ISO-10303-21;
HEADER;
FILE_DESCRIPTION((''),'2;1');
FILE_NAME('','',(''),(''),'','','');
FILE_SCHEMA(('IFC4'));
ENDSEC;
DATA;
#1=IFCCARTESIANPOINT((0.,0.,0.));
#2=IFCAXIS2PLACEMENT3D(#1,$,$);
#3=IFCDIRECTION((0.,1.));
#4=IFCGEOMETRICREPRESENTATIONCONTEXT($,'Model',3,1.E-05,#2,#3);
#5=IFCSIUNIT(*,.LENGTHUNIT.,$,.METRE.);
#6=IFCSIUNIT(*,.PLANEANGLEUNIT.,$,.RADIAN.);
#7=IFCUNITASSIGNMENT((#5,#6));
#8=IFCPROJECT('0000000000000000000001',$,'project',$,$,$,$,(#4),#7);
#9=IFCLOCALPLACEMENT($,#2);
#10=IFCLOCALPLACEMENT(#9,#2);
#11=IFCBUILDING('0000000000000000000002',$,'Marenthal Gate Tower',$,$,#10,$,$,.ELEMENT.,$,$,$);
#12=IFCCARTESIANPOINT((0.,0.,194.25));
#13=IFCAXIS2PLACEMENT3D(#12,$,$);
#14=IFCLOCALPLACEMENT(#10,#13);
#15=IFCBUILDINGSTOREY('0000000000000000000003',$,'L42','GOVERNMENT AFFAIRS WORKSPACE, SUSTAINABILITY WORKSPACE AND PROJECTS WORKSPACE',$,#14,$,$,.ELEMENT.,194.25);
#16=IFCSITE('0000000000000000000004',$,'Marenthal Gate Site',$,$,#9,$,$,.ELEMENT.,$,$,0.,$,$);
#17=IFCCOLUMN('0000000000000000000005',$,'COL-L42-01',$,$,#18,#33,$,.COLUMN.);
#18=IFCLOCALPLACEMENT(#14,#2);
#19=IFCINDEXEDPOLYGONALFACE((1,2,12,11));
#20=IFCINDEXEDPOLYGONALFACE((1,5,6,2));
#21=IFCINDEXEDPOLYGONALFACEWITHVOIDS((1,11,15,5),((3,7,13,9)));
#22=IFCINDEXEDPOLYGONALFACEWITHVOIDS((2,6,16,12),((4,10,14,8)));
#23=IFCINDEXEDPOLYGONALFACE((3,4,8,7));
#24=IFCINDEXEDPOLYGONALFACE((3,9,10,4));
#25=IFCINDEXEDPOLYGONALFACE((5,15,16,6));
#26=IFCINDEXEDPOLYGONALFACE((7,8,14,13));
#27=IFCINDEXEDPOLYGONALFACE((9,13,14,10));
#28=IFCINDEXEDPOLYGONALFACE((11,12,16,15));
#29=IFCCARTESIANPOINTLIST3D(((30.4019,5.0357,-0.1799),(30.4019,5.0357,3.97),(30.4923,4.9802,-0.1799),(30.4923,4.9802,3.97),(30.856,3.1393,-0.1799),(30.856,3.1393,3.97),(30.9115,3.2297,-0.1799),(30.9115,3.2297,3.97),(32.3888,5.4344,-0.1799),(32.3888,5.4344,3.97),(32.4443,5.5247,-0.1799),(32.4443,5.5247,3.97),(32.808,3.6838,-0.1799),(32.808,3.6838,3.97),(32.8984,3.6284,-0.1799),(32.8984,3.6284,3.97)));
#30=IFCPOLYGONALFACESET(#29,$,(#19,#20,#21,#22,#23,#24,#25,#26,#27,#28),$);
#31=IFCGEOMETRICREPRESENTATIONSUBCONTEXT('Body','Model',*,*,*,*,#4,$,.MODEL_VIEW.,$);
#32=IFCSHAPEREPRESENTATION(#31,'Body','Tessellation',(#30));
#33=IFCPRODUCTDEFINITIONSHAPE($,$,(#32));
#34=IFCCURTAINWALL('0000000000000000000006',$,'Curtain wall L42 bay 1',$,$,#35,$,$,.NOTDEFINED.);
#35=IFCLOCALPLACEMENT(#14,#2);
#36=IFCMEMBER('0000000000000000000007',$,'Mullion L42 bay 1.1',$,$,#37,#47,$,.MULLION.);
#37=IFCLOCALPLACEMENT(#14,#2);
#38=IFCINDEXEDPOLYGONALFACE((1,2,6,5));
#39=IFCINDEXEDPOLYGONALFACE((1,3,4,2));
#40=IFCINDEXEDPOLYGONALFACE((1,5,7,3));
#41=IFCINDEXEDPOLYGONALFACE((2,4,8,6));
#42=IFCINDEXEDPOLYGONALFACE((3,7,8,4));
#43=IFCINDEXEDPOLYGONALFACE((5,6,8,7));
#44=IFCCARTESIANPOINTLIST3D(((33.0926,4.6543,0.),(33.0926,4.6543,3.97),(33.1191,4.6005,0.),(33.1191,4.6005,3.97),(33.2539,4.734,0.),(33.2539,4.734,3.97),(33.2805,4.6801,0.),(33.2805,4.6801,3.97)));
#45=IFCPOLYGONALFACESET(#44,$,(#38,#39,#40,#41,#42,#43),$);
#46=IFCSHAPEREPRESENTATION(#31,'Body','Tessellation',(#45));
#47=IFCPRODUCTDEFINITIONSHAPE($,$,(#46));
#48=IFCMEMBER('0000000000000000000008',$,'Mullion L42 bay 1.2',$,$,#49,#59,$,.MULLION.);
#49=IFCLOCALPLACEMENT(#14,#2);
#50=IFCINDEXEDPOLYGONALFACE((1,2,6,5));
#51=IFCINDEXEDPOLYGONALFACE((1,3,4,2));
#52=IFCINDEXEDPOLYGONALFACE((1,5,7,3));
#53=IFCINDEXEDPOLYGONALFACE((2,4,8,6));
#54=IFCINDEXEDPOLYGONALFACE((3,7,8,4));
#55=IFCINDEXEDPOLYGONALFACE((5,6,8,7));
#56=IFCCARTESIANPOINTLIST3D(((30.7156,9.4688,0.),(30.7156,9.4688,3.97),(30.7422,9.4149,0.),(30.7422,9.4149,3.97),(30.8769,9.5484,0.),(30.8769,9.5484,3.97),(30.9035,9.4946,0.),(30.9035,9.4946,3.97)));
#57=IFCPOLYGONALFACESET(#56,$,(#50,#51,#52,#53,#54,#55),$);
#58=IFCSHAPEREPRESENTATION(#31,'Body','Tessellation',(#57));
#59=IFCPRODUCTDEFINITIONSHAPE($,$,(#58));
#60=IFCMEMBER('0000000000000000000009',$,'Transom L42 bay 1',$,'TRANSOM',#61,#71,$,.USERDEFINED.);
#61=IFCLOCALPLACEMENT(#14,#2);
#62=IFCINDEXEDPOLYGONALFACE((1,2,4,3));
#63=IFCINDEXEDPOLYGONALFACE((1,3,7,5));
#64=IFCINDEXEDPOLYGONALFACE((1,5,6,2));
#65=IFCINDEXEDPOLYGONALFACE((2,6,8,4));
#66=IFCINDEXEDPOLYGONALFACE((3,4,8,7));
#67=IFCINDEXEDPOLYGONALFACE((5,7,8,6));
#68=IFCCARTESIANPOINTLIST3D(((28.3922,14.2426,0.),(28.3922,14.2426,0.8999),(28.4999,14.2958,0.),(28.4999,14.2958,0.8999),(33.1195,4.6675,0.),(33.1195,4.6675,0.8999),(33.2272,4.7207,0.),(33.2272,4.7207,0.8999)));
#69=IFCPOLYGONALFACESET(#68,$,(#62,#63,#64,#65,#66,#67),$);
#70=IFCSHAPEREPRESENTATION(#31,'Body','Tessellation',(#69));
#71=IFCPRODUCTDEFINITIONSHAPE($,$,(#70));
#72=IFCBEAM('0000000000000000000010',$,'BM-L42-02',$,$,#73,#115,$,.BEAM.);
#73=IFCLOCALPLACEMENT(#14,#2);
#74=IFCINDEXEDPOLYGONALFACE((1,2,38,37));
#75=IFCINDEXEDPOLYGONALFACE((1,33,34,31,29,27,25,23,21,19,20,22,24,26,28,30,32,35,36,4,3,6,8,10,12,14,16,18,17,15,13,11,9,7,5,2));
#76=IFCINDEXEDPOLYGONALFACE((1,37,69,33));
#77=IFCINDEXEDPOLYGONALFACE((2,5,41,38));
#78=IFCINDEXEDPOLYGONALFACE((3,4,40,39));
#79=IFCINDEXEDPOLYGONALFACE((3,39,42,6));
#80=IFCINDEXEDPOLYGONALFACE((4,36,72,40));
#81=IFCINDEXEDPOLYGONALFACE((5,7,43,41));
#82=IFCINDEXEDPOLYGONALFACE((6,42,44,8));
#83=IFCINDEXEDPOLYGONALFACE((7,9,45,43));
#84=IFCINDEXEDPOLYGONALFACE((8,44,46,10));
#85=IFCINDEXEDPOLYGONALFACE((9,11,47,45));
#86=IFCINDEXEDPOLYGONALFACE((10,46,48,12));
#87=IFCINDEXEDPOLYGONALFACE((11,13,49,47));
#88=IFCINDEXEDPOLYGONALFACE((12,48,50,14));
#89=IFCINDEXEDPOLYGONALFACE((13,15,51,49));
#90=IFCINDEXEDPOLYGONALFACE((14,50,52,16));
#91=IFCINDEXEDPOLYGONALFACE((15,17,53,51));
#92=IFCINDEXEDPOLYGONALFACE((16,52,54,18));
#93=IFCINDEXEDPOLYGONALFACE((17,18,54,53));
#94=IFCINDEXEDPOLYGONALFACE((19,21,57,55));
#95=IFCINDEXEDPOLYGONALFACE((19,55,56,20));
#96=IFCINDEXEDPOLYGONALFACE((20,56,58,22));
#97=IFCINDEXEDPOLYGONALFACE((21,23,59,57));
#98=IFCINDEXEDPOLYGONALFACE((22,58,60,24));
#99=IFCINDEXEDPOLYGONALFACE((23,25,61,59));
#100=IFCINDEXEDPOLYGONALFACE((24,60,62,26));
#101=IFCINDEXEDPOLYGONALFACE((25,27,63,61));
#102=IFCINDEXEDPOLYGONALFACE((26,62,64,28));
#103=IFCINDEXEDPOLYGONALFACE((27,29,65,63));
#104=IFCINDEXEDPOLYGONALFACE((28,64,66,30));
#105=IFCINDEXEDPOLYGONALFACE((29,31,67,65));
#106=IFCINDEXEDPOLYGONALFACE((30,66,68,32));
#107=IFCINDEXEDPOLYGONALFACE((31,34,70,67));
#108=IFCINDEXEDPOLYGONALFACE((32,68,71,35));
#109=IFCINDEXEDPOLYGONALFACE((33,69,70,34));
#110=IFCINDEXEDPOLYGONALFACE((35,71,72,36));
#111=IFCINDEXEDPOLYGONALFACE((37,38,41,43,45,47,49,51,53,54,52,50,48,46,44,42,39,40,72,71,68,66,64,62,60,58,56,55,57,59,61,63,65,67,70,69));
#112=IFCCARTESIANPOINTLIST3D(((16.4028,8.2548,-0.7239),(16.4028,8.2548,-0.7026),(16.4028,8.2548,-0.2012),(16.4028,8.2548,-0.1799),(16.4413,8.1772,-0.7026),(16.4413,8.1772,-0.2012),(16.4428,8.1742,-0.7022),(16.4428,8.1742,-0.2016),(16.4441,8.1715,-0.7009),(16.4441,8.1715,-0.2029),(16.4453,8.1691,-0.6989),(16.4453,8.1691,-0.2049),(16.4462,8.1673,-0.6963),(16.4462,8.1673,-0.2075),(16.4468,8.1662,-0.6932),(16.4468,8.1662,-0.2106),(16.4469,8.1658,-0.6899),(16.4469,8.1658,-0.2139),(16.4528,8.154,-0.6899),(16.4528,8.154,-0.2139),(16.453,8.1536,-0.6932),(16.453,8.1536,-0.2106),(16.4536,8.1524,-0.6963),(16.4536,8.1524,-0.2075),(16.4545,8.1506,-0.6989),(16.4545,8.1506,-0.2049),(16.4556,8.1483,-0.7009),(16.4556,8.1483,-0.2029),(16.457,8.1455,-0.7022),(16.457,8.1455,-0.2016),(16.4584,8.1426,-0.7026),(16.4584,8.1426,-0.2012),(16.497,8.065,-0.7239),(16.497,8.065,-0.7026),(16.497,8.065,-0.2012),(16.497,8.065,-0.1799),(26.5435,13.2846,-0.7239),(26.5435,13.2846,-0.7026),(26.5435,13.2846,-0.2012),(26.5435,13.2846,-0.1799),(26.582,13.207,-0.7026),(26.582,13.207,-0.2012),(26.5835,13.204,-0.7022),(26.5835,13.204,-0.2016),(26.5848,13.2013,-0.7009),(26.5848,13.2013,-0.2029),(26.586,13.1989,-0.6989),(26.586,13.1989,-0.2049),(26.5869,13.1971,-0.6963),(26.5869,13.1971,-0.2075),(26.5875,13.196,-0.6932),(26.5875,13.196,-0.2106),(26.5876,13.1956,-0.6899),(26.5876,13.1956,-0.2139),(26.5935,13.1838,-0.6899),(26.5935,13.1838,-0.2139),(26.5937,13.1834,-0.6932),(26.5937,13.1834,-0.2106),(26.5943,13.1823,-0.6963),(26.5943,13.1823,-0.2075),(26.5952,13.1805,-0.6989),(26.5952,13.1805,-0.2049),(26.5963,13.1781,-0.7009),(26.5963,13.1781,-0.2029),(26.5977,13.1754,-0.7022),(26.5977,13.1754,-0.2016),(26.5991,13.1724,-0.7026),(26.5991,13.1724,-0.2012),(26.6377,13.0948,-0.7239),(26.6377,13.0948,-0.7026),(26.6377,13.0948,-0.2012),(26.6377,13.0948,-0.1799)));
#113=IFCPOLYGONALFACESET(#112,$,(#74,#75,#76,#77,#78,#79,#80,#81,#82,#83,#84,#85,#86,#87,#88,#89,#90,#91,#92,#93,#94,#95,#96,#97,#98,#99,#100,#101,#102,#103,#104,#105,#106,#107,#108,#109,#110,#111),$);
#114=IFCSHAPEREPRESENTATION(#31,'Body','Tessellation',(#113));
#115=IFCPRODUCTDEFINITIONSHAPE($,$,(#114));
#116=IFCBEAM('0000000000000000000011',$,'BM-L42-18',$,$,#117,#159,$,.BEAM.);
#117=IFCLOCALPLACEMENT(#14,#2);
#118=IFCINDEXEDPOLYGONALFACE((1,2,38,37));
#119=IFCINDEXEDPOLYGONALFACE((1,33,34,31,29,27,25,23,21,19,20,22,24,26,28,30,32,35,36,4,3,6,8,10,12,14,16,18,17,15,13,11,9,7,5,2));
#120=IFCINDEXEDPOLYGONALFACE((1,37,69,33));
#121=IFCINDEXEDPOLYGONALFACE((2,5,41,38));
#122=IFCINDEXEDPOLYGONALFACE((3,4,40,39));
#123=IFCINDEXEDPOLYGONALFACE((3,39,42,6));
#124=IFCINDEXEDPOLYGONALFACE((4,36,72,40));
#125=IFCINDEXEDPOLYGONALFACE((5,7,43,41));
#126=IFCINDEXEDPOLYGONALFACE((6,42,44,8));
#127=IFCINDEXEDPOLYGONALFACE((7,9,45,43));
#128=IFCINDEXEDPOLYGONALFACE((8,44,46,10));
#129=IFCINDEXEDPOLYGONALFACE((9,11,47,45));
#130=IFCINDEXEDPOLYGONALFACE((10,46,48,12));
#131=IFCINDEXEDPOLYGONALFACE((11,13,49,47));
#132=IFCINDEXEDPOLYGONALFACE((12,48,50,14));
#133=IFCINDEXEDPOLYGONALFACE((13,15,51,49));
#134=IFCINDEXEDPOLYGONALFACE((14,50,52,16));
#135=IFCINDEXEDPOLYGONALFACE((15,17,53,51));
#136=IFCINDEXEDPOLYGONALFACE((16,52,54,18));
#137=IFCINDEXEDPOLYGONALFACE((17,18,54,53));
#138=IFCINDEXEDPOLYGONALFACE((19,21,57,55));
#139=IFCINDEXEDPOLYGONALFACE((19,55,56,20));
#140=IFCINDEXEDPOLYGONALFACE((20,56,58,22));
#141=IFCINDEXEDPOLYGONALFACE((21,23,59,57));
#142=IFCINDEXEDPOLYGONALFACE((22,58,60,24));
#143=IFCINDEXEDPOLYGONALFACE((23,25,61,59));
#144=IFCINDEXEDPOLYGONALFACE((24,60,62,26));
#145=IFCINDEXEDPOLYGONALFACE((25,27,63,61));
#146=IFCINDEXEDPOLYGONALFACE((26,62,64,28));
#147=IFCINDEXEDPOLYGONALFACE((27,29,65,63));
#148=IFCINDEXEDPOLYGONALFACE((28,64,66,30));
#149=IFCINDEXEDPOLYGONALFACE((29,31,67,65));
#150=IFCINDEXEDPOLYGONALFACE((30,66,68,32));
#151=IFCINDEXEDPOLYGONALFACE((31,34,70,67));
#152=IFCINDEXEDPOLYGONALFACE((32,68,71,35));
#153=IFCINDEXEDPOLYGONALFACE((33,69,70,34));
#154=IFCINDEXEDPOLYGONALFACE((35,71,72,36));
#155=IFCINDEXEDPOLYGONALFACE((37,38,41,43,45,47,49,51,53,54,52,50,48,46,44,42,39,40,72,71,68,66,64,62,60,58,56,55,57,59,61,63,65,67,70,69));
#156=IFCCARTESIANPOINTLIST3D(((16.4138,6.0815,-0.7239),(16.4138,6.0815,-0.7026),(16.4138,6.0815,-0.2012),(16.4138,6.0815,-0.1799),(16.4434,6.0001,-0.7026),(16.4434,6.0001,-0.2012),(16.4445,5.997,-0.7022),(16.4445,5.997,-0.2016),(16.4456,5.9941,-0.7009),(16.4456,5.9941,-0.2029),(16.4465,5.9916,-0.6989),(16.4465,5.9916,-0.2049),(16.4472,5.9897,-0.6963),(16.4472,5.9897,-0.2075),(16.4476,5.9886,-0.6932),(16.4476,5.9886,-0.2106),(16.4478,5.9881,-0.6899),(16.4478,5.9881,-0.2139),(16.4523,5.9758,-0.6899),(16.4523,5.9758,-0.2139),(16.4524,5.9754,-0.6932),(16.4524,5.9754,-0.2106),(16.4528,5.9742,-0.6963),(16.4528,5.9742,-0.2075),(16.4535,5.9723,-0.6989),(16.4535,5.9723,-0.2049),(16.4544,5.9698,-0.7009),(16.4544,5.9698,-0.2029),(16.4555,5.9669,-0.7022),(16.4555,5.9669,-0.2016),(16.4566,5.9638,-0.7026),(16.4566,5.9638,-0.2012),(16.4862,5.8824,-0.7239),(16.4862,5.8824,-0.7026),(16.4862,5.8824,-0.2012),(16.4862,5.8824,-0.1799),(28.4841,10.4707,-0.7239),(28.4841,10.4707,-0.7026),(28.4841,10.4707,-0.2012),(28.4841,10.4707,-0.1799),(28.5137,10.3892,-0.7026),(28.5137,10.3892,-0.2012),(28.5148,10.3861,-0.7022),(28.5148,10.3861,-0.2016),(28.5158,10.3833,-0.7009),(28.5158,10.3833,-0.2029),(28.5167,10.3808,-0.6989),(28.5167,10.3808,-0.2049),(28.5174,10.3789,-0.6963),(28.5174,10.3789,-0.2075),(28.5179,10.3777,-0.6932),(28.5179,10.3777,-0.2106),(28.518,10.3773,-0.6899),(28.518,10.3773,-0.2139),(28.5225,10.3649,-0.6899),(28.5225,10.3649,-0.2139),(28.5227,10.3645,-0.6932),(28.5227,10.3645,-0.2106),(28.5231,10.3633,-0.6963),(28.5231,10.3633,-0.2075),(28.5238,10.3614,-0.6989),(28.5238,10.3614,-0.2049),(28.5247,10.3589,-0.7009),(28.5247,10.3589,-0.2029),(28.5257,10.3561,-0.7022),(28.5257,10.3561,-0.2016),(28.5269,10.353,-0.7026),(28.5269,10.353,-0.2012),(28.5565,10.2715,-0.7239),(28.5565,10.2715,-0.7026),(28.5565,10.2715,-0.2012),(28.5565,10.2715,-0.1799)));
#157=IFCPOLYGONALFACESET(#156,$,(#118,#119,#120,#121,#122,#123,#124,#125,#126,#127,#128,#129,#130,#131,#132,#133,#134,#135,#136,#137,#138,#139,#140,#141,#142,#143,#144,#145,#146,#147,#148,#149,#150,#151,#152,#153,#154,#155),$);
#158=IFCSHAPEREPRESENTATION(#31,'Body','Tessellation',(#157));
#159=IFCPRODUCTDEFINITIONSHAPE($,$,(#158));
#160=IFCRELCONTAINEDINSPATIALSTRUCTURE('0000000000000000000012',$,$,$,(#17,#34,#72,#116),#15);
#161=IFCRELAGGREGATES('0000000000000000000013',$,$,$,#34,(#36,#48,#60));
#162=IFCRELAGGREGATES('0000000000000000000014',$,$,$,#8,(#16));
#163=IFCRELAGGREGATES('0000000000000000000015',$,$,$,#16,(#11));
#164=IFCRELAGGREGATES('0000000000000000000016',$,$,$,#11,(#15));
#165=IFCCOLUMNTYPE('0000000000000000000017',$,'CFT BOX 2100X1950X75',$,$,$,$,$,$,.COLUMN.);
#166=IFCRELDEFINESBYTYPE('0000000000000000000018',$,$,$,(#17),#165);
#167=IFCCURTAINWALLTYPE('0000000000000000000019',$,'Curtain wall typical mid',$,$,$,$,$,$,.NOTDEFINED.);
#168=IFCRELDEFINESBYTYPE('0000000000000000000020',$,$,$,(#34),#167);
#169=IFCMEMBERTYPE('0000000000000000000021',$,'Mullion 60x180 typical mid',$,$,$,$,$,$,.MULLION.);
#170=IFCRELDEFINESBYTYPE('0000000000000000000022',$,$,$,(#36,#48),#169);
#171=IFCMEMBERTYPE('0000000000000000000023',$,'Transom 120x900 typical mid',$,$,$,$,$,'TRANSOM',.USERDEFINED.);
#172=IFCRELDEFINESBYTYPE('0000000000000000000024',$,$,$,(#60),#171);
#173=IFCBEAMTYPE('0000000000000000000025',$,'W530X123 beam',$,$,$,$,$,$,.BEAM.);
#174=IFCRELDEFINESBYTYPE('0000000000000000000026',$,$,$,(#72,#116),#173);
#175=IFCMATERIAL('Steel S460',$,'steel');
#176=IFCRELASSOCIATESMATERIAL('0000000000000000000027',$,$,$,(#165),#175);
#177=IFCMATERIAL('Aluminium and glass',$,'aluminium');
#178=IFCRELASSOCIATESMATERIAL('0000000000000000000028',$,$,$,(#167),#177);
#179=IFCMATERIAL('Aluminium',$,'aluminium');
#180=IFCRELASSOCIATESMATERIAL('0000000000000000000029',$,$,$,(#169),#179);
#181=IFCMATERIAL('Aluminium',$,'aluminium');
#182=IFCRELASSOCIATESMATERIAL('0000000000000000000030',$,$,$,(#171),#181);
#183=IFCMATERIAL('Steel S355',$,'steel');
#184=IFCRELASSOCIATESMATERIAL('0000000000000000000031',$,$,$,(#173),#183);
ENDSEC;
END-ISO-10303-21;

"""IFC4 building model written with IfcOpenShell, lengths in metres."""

from ifc_helpers import new_model, si_unit, direction, frame, origin, origin_2d, place, context, subcontext, project, spatial, rectangle, hollow_rectangle, i_section, extrude, material, material_profile, profile_set, type_object, element, aggregate, save


model = new_model("IFC4")

# Units and contexts
model_context = context("Model", 3, precision=1e-05, world=origin(), true_north=direction((0.0, 1.0)))
body_context = subcontext(model_context, "Body", "Model", "MODEL_VIEW")
ifc_project = project(units=[si_unit("LENGTHUNIT", "METRE"), si_unit("PLANEANGLEUNIT", "RADIAN")], contexts=[model_context])

# Site, building, storey
site_placement = place(None, origin())
site = spatial("IfcSite", under=ifc_project, at=site_placement, Name="Marenthal Gate Site", CompositionType="ELEMENT", RefElevation=0.0)
building_placement = place(site_placement, origin())
building = spatial("IfcBuilding", under=site, at=building_placement, Name="Marenthal Gate Tower", CompositionType="ELEMENT")
storey_placement = place(building_placement, frame((0.0, 0.0, 194.25)))
storey = spatial("IfcBuildingStorey", under=building, at=storey_placement, Name="L42", Description="GOVERNMENT AFFAIRS WORKSPACE, SUSTAINABILITY WORKSPACE AND PROJECTS WORKSPACE", CompositionType="ELEMENT", Elevation=194.25)

# Column
ifc_material_1 = material(Name="Steel S460", Category="steel")
ifc_material_profile_1 = material_profile(ifc_material_1, hollow_rectangle(XDim=1.95, YDim=2.1001, WallThickness=0.075, at=origin_2d()), Name="CFT BOX 2100X1950X75")
ifc_material_2 = material(Name="Concrete 70 MPa", Category="concrete")
ifc_material_profile_2 = material_profile(ifc_material_2, rectangle(XDim=1.8, YDim=1.95, at=origin_2d()), Name="CFT BOX 2100X1950X75 INFILL")
ifc_profile_set_1 = profile_set([ifc_material_profile_1, ifc_material_profile_2], Name="Steel S460 shell, Concrete 70 MPa infill")
column_type = type_object("IfcColumnType", Name="CFT BOX 2100X1950X75", PredefinedType="COLUMN", material=ifc_profile_set_1)
column_placement = place(storey_placement, frame((31.6501, 4.332, -0.1799), z_axis=(0.0, 0.0, 1.0), x_axis=(0.23288, -0.972505, 0.0)))
element("IfcColumn", 1, at=column_placement, inside=storey, type_object=column_type, Name="COL-L42-01", PredefinedType="COLUMN", context=body_context, shape_type="SweptSolid", body=[
    extrude(hollow_rectangle(XDim=1.95, YDim=2.1001, WallThickness=0.075, at=origin_2d()), origin(), (0.0, 0.0, 1.0), 4.1499),
])

# Curtain wall, members
ifc_material_3 = material(Name="Aluminium and glass", Category="aluminium")
curtain_wall_type = type_object("IfcCurtainWallType", Name="Curtain wall typical mid", PredefinedType="NOTDEFINED", material=ifc_material_3)
curtain_wall_placement = place(storey_placement, origin())
curtain_wall = element("IfcCurtainWall", 2, at=curtain_wall_placement, inside=storey, type_object=curtain_wall_type, Name="Curtain wall L42 bay 1", PredefinedType="NOTDEFINED")
ifc_material_4 = material(Name="Aluminium", Category="aluminium")
ifc_material_profile_3 = material_profile(ifc_material_4, rectangle(XDim=0.1799, YDim=0.0601, at=origin_2d()), Name="60x180 aluminium mullion")
ifc_profile_set_2 = profile_set([ifc_material_profile_3], Name="Aluminium")
member_type_1 = type_object("IfcMemberType", Name="Mullion 60x180 typical mid", PredefinedType="MULLION", material=ifc_profile_set_2)
member_1_placement = place(storey_placement, frame((33.1865, 4.6672, 0.0), z_axis=(0.0, 0.0, 1.0), x_axis=(-0.896681, -0.442678, 0.0)))
member_1 = element("IfcMember", 3, at=member_1_placement, type_object=member_type_1, Name="Mullion L42 bay 1.1", PredefinedType="MULLION", context=body_context, shape_type="SweptSolid", body=[
    extrude(rectangle(XDim=0.1799, YDim=0.0601, at=origin_2d()), origin(), (0.0, 0.0, 1.0), 3.97),
])
member_2_placement = place(storey_placement, frame((30.8096, 9.4817, 0.0), z_axis=(0.0, 0.0, 1.0), x_axis=(-0.896681, -0.442678, 0.0)))
member_2 = element("IfcMember", 4, at=member_2_placement, type_object=member_type_1, Name="Mullion L42 bay 1.2", PredefinedType="MULLION", context=body_context, shape_type="SweptSolid", body=[
    extrude(rectangle(XDim=0.1799, YDim=0.0601, at=origin_2d()), origin(), (0.0, 0.0, 1.0), 3.97),
])
ifc_material_5 = material(Name="Aluminium", Category="aluminium")
ifc_material_profile_4 = material_profile(ifc_material_5, rectangle(XDim=0.1201, YDim=0.8999, at=origin_2d()), Name="120x900 aluminium transom")
ifc_profile_set_3 = profile_set([ifc_material_profile_4], Name="Aluminium")
member_type_2 = type_object("IfcMemberType", Name="Transom 120x900 typical mid", ElementType="TRANSOM", PredefinedType="USERDEFINED", material=ifc_profile_set_3)
member_3_placement = place(storey_placement, frame((33.1733, 4.6941, 0.45), z_axis=(-0.44269, 0.896675, 0.0), x_axis=(-0.896675, -0.44269, 0.0)))
member_3 = element("IfcMember", 5, at=member_3_placement, type_object=member_type_2, Name="Transom L42 bay 1", ObjectType="TRANSOM", PredefinedType="USERDEFINED", context=body_context, shape_type="SweptSolid", body=[
    extrude(rectangle(XDim=0.1201, YDim=0.8999, at=origin_2d()), origin(), (0.0, 0.0, 1.0), 10.6785),
])

# Beams
ifc_material_6 = material(Name="Steel S355", Category="steel")
ifc_material_profile_5 = material_profile(ifc_material_6, i_section(OverallWidth=0.2119, OverallDepth=0.5439, WebThickness=0.0132, FlangeThickness=0.0212, FilletRadius=0.0127, at=origin_2d()), Name="W530X123")
ifc_profile_set_4 = profile_set([ifc_material_profile_5], Name="Steel S355")
beam_type_1 = type_object("IfcBeamType", Name="W530X123 beam", PredefinedType="BEAM", material=ifc_profile_set_4)
beam_1_placement = place(storey_placement, frame((26.5906, 13.1897, -0.4519), z_axis=(-0.895855, -0.444347, 0.0), x_axis=(0.444347, -0.895855, 0.0)))
element("IfcBeam", 6, at=beam_1_placement, inside=storey, type_object=beam_type_1, Name="BM-L42-02", PredefinedType="BEAM", context=body_context, shape_type="SweptSolid", body=[
    extrude(i_section(OverallWidth=0.2119, OverallDepth=0.5439, WebThickness=0.0132, FlangeThickness=0.0212, FilletRadius=0.0127, at=origin_2d()), origin(), (0.0, 0.0, 1.0), 11.3196),
])
beam_2_placement = place(storey_placement, frame((28.5203, 10.3711, -0.4519), z_axis=(-0.939795, -0.34174, 0.0), x_axis=(0.34174, -0.939795, 0.0)))
element("IfcBeam", 7, at=beam_2_placement, inside=storey, type_object=beam_type_1, Name="BM-L42-18", PredefinedType="BEAM", context=body_context, shape_type="SweptSolid", body=[
    extrude(i_section(OverallWidth=0.2119, OverallDepth=0.5439, WebThickness=0.0132, FlangeThickness=0.0212, FilletRadius=0.0127, at=origin_2d()), origin(), (0.0, 0.0, 1.0), 12.8435),
])

aggregate(curtain_wall, [member_1, member_2, member_3])

save(model, "model.ifc")
